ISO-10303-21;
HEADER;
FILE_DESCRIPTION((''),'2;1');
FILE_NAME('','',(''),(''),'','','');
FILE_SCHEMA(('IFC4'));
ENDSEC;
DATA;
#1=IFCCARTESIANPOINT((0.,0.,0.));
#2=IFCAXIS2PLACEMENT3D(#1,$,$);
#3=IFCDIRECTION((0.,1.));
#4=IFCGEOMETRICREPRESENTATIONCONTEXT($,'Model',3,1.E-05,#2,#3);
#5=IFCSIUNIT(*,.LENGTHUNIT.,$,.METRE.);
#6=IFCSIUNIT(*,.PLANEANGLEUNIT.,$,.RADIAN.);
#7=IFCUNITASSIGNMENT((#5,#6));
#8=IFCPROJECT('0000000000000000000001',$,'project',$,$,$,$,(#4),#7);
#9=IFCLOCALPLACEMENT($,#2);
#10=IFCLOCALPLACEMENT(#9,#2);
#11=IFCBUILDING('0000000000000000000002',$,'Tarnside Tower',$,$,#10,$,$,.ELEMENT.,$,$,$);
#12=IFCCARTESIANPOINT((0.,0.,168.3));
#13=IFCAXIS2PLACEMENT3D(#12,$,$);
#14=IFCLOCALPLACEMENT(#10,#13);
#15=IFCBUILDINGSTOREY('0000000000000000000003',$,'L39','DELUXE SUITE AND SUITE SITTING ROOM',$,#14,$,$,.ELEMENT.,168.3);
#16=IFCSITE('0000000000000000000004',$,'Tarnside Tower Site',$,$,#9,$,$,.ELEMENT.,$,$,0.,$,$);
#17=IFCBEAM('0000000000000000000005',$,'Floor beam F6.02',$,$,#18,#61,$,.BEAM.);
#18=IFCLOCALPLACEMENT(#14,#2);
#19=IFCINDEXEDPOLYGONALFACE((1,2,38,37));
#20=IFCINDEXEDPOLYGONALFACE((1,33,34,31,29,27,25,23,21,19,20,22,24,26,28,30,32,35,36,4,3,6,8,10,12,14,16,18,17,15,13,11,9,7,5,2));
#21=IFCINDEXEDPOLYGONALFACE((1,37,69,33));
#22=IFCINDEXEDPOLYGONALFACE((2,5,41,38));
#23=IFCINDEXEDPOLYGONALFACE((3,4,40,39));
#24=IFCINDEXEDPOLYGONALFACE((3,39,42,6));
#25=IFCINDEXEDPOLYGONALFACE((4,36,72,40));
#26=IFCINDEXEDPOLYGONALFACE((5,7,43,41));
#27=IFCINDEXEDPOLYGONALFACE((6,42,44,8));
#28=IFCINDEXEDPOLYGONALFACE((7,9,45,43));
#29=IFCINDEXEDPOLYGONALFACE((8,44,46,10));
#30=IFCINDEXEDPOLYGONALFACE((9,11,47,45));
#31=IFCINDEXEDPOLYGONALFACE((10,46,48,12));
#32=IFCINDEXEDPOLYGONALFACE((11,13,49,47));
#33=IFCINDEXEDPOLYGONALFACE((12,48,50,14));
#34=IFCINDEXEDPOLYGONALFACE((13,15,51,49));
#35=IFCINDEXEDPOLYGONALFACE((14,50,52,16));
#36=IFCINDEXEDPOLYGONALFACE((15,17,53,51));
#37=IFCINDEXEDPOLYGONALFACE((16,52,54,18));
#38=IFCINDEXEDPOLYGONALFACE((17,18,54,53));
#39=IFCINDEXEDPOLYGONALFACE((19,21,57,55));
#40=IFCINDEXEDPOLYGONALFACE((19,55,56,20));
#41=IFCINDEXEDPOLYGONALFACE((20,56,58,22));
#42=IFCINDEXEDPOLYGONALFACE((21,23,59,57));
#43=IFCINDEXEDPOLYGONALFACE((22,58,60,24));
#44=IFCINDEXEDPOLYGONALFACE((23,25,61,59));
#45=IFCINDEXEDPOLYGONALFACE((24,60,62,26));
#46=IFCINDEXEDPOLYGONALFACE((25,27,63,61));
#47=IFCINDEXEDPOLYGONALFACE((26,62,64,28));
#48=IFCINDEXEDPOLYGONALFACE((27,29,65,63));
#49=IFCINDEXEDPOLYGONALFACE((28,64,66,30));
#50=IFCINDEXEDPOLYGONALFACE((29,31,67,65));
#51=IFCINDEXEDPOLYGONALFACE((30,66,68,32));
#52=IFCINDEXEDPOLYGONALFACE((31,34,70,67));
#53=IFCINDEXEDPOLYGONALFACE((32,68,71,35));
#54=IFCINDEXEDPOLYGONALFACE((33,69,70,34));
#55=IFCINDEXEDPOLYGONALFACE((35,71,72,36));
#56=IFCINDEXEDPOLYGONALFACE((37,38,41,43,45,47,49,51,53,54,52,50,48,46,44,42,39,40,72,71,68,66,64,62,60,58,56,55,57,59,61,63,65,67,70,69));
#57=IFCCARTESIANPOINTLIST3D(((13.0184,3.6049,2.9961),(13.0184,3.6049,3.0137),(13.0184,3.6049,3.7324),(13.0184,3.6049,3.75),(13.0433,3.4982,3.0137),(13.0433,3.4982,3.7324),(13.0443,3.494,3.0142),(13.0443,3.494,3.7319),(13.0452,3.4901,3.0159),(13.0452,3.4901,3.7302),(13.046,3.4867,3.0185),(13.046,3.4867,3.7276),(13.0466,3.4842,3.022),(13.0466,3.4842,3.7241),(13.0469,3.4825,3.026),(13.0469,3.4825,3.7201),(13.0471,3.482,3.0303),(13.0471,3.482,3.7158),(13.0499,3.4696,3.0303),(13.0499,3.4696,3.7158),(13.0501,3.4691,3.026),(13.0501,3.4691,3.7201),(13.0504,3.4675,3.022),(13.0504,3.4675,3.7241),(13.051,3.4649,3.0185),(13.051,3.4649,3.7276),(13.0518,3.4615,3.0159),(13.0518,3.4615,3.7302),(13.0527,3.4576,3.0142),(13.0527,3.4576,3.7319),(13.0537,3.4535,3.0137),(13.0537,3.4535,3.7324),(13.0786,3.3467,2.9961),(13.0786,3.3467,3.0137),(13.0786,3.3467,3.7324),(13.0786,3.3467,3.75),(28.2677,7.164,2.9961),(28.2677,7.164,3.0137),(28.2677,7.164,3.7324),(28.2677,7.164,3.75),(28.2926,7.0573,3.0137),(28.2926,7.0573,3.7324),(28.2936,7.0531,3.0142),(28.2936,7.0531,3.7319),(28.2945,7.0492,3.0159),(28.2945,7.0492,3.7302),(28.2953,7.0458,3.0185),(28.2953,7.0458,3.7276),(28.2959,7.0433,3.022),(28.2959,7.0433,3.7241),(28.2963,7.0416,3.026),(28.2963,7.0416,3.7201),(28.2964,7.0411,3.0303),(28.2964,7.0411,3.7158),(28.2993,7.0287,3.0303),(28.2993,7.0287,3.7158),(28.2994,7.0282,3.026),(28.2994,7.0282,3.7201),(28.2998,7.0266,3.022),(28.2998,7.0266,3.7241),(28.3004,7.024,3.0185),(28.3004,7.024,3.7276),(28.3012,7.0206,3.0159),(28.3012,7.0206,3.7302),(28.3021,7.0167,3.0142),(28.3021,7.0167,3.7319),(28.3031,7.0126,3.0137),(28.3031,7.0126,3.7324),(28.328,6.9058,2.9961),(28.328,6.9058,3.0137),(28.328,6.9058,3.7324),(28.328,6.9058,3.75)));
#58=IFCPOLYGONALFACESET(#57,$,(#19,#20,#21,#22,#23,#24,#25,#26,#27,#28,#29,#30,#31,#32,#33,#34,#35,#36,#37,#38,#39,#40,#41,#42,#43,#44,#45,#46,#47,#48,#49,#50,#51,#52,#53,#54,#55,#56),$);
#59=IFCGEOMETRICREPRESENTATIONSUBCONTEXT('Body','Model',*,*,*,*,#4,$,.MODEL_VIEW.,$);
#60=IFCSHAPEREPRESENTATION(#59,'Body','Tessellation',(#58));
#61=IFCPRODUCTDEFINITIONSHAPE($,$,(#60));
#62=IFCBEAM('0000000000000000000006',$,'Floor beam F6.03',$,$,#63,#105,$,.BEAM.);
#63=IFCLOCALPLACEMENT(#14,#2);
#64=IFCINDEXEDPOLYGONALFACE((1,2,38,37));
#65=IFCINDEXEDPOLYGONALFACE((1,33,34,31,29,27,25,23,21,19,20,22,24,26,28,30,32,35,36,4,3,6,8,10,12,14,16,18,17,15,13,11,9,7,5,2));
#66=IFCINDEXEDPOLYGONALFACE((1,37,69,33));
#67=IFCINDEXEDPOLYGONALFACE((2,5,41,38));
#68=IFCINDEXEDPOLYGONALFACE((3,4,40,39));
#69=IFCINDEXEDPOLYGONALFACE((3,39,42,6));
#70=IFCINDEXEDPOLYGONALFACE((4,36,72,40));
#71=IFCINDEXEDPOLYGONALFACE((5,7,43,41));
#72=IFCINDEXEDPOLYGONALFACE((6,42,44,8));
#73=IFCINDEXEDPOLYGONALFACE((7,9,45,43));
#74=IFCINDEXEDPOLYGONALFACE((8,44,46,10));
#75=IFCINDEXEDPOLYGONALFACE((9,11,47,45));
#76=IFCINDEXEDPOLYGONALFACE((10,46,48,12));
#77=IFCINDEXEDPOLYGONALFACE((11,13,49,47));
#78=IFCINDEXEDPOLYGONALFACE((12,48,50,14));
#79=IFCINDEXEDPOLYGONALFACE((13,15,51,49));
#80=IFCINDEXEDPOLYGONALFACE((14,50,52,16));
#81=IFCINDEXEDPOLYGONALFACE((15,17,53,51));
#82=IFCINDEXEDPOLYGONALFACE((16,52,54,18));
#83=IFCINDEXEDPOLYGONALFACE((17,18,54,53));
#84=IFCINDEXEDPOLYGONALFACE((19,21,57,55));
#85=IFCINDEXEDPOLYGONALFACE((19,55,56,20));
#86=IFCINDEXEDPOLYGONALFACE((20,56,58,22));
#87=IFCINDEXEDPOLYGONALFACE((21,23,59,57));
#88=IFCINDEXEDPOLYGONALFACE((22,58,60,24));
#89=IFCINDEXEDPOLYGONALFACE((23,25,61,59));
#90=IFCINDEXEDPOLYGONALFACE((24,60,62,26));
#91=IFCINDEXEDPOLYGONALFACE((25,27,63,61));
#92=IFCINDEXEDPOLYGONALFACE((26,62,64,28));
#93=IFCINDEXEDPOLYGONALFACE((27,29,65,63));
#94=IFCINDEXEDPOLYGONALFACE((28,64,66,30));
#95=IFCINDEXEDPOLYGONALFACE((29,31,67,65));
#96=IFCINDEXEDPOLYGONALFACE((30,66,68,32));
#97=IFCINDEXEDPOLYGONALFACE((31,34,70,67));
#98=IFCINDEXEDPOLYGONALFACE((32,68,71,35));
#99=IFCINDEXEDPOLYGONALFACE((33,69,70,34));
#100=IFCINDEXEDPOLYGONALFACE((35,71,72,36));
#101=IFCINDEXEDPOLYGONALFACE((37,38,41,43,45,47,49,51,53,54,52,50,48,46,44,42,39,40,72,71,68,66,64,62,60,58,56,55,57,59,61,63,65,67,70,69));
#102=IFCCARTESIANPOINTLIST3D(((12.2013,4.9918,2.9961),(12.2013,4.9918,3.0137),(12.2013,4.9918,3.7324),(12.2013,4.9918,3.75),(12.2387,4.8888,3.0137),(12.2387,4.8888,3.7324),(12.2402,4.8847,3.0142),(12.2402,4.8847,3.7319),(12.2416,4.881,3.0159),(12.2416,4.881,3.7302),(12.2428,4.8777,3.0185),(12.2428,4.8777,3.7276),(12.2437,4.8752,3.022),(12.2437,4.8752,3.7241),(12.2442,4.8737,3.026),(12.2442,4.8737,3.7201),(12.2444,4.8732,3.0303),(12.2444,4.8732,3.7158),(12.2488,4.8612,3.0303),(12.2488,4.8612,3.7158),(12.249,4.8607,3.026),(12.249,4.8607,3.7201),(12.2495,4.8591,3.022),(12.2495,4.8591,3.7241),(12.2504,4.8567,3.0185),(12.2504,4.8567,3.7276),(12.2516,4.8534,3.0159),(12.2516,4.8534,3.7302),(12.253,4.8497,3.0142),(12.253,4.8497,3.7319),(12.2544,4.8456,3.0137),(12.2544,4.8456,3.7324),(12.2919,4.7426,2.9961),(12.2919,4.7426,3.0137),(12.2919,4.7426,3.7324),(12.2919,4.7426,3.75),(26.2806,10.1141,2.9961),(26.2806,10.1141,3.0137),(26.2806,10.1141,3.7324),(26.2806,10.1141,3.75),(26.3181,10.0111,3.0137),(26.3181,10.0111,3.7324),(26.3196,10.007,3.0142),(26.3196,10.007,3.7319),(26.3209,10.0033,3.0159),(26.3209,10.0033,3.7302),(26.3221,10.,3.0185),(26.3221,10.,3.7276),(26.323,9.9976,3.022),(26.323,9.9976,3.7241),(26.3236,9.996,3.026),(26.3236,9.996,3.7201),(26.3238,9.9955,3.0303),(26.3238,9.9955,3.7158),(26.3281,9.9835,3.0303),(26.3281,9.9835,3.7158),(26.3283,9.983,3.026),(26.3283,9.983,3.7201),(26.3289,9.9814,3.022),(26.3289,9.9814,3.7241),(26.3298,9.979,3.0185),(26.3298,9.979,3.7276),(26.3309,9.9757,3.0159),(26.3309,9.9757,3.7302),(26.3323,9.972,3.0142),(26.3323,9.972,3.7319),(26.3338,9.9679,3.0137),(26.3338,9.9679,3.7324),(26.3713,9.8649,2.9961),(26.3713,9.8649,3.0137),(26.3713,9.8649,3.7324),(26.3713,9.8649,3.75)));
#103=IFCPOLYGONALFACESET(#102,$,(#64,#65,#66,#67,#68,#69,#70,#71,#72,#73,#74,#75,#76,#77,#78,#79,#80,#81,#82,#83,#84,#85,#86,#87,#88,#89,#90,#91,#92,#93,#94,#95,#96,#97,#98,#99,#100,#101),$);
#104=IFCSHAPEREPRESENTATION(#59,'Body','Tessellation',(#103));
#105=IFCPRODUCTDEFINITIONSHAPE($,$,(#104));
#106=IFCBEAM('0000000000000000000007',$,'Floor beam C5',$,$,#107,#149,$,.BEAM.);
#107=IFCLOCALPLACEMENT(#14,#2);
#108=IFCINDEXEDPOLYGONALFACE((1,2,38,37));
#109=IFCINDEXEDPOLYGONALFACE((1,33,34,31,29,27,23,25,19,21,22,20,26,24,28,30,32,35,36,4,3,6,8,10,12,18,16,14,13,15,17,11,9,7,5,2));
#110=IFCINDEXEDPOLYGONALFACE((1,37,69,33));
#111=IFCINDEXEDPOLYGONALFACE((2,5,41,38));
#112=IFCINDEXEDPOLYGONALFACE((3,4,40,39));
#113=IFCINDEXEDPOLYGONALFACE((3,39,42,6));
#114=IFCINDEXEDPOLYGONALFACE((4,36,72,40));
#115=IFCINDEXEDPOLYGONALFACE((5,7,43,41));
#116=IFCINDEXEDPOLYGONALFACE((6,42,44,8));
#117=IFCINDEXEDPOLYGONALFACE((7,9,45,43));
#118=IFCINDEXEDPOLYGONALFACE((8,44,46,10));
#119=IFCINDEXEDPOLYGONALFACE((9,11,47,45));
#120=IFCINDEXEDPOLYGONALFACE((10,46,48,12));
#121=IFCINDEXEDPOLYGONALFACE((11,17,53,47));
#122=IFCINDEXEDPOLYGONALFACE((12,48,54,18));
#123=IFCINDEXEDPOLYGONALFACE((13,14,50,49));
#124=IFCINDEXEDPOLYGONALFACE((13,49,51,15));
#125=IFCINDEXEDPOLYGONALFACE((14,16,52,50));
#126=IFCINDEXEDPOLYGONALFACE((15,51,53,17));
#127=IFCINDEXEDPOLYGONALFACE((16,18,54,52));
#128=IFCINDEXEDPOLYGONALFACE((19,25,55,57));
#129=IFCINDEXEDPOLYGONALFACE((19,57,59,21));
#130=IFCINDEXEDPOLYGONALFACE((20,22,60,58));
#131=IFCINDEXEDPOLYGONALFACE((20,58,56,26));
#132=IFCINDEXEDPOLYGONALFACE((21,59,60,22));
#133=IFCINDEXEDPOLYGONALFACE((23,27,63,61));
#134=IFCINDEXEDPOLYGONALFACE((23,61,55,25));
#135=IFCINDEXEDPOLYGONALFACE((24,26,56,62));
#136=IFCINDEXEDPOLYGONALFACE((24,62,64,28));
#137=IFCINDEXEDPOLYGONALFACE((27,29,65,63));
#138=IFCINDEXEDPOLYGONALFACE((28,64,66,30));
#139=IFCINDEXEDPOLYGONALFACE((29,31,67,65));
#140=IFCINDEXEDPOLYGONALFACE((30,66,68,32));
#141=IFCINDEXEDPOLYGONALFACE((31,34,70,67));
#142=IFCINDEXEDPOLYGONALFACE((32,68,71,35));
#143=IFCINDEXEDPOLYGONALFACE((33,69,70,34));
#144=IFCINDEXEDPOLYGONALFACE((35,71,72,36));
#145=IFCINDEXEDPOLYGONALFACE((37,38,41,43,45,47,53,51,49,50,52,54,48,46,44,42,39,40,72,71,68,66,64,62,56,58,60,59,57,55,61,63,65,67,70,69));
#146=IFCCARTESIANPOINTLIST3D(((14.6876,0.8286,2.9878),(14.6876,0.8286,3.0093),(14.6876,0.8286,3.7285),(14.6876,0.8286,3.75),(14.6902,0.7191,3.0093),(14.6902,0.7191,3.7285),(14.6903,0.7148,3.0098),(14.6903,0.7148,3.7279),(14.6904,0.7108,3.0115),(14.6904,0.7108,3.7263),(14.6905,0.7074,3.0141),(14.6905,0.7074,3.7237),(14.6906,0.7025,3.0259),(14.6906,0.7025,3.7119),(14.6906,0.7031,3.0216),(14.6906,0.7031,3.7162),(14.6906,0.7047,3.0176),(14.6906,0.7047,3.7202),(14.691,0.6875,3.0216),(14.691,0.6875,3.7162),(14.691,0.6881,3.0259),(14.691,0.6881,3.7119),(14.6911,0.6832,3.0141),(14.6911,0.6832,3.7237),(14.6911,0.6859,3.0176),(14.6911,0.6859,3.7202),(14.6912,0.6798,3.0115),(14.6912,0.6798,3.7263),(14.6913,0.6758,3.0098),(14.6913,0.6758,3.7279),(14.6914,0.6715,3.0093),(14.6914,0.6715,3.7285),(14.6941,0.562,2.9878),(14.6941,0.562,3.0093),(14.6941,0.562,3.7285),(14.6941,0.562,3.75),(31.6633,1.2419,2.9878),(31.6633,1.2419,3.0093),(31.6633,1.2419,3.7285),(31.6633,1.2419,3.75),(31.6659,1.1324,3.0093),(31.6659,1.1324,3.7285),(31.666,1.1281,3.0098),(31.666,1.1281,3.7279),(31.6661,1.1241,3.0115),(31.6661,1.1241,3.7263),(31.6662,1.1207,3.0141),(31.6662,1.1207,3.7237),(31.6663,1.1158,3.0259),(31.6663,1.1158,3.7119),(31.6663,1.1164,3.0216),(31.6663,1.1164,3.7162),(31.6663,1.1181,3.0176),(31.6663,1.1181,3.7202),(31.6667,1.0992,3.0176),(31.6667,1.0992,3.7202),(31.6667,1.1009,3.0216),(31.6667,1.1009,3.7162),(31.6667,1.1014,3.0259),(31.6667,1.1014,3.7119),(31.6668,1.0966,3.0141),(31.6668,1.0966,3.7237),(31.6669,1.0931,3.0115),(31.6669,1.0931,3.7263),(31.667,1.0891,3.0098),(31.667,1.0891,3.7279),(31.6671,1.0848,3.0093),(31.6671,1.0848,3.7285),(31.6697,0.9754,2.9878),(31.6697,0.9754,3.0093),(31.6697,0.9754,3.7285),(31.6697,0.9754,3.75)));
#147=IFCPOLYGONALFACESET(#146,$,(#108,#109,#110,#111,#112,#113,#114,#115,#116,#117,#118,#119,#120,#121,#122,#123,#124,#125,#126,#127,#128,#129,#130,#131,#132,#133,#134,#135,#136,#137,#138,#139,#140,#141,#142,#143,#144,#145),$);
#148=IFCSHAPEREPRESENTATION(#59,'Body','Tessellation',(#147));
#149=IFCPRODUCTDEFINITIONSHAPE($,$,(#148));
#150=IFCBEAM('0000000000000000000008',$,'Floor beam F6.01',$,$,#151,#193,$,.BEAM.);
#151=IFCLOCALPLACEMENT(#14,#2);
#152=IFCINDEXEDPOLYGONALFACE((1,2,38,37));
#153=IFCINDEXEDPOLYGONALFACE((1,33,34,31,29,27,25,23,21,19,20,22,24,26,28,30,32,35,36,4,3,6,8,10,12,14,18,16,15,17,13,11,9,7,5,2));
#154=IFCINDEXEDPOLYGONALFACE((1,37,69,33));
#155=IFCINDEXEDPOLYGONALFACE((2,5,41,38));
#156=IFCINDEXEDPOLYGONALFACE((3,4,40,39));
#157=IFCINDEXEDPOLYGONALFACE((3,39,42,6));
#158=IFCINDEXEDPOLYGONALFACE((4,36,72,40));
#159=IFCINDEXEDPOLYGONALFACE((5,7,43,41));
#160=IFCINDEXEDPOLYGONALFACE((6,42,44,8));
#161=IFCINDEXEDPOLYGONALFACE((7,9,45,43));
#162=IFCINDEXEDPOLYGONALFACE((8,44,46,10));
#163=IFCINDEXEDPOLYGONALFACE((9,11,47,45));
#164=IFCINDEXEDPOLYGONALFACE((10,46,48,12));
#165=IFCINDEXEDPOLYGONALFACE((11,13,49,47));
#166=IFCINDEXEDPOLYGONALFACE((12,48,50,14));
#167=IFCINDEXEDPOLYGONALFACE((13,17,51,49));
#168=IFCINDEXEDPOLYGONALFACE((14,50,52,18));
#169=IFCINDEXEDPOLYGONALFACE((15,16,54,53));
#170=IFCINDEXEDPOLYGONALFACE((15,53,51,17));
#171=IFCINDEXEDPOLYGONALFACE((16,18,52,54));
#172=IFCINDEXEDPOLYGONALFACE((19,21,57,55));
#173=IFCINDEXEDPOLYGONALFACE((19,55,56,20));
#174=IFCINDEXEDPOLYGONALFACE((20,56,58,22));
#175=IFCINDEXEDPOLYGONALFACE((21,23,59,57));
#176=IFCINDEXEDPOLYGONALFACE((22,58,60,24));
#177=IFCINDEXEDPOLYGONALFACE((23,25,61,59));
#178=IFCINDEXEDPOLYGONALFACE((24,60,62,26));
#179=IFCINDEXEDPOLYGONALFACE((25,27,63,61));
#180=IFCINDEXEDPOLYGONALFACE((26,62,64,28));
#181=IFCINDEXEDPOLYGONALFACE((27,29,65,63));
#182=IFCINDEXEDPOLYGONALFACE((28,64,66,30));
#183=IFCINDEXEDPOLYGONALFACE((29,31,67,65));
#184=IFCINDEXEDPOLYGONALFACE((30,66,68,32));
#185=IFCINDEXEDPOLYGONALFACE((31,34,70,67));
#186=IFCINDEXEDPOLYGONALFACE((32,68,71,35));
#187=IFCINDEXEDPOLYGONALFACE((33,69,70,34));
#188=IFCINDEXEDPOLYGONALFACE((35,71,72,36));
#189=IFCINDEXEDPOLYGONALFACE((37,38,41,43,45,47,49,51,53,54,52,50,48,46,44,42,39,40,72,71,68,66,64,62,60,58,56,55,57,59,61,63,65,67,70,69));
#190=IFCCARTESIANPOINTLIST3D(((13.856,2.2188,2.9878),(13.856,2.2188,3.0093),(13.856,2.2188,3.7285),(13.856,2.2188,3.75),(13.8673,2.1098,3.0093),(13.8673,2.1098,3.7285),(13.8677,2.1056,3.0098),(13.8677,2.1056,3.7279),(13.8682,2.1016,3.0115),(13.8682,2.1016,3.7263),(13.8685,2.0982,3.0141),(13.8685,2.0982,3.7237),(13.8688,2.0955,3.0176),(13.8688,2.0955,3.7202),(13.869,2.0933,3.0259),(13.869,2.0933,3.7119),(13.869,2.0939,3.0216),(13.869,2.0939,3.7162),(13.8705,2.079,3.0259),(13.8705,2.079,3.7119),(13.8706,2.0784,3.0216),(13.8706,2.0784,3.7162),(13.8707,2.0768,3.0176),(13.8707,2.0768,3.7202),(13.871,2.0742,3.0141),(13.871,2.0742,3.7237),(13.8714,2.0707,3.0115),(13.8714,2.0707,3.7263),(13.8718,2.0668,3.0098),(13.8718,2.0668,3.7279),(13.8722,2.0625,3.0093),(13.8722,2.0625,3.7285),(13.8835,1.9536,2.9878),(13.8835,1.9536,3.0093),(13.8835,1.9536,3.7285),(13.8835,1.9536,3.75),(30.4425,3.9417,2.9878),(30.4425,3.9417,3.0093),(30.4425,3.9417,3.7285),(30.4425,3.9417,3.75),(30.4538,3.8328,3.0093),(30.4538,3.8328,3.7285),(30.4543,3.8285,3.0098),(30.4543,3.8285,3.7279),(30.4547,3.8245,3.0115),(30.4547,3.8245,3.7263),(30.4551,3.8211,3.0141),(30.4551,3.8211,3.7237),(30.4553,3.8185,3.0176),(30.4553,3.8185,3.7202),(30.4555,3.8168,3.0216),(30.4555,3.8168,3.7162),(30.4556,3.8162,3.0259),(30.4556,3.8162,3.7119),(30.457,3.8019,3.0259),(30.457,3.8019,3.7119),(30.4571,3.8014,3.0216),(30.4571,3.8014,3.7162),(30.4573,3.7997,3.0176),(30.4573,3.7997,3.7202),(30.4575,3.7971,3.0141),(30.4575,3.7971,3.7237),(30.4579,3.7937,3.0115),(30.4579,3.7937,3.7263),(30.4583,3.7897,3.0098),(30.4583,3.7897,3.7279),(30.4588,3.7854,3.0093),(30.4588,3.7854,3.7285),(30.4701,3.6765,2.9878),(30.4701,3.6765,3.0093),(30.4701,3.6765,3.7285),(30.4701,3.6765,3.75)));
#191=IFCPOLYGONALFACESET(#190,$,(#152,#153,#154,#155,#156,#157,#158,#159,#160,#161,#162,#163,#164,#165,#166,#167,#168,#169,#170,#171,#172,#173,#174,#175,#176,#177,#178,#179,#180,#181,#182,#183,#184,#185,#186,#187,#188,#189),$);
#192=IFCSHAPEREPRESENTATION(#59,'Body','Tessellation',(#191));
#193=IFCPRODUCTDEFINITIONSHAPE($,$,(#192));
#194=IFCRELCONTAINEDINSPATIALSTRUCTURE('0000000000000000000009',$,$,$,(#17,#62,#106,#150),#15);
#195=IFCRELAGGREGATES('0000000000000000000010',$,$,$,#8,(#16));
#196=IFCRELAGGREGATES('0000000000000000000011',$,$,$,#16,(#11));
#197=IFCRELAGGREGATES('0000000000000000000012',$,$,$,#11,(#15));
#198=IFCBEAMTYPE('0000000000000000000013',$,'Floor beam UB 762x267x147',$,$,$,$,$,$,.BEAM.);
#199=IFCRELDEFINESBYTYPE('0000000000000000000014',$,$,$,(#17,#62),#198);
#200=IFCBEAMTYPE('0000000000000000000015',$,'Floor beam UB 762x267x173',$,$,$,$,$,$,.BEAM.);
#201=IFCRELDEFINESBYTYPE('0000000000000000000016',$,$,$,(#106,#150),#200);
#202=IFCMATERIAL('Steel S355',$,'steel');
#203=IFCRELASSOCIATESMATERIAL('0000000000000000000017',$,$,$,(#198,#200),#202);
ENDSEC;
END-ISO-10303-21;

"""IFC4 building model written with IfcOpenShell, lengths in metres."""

from ifc_helpers import new_model, si_unit, direction, frame, origin, origin_2d, place, context, subcontext, project, spatial, i_section, extrude, material, material_profile, profile_set, type_object, element, save


model = new_model("IFC4")

# Units and contexts
model_context = context("Model", 3, precision=1e-05, world=origin(), true_north=direction((0.0, 1.0)))
body_context = subcontext(model_context, "Body", "Model", "MODEL_VIEW")
ifc_project = project(units=[si_unit("LENGTHUNIT", "METRE"), si_unit("PLANEANGLEUNIT", "RADIAN")], contexts=[model_context])

# Site, building, storey
site_placement = place(None, origin())
site = spatial("IfcSite", under=ifc_project, at=site_placement, Name="Tarnside Tower Site", CompositionType="ELEMENT", RefElevation=0.0)
building_placement = place(site_placement, origin())
building = spatial("IfcBuilding", under=site, at=building_placement, Name="Tarnside Tower", CompositionType="ELEMENT")
storey_placement = place(building_placement, frame((0.0, 0.0, 168.3)))
storey = spatial("IfcBuildingStorey", under=building, at=storey_placement, Name="L39", Description="DELUXE SUITE AND SUITE SITTING ROOM", CompositionType="ELEMENT", Elevation=168.3)

# Beams
ifc_material_1 = material(Name="Steel S355", Category="steel")
ifc_material_profile_1 = material_profile(ifc_material_1, i_section(OverallWidth=0.2651, OverallDepth=0.7539, WebThickness=0.0127, FlangeThickness=0.0176, FilletRadius=0.0166, at=origin_2d()), Name="UB 762x267x147")
ifc_profile_set_1 = profile_set([ifc_material_profile_1], Name="Steel S355")
beam_type_1 = type_object("IfcBeamType", Name="Floor beam UB 762x267x147", PredefinedType="BEAM", material=ifc_profile_set_1)
beam_1_placement = place(storey_placement, frame((28.2979, 7.0349, 3.373), z_axis=(-0.973828, -0.227285, 0.0), x_axis=(0.227285, -0.973828, 0.0)))
element("IfcBeam", 1, at=beam_1_placement, inside=storey, type_object=beam_type_1, Name="Floor beam F6.02", PredefinedType="BEAM", context=body_context, shape_type="SweptSolid", body=[
    extrude(i_section(OverallWidth=0.2651, OverallDepth=0.7539, WebThickness=0.0127, FlangeThickness=0.0176, FilletRadius=0.0166, at=origin_2d()), origin(), (0.0, 0.0, 1.0), 15.6592),
])
beam_2_placement = place(storey_placement, frame((26.3259, 9.9895, 3.373), z_axis=(-0.939739, -0.341894, 0.0), x_axis=(0.341894, -0.939739, 0.0)))
element("IfcBeam", 2, at=beam_2_placement, inside=storey, type_object=beam_type_1, Name="Floor beam F6.03", PredefinedType="BEAM", context=body_context, shape_type="SweptSolid", body=[
    extrude(i_section(OverallWidth=0.2651, OverallDepth=0.7539, WebThickness=0.0127, FlangeThickness=0.0176, FilletRadius=0.0166, at=origin_2d()), origin(), (0.0, 0.0, 1.0), 14.9822),
])
ifc_material_profile_2 = material_profile(ifc_material_1, i_section(OverallWidth=0.2666, OverallDepth=0.7622, WebThickness=0.0144, FlangeThickness=0.0215, FilletRadius=0.0166, at=origin_2d()), Name="UB 762x267x173")
ifc_profile_set_2 = profile_set([ifc_material_profile_2], Name="Steel S355")
beam_type_2 = type_object("IfcBeamType", Name="Floor beam UB 762x267x173", PredefinedType="BEAM", material=ifc_profile_set_2)
beam_3_placement = place(storey_placement, frame((31.6665, 1.1086, 3.3689), z_axis=(-0.999704, -0.024341, 0.0), x_axis=(0.024341, -0.999704, 0.0)))
element("IfcBeam", 3, at=beam_3_placement, inside=storey, type_object=beam_type_2, Name="Floor beam C5", PredefinedType="BEAM", context=body_context, shape_type="SweptSolid", body=[
    extrude(i_section(OverallWidth=0.2666, OverallDepth=0.7622, WebThickness=0.0144, FlangeThickness=0.0215, FilletRadius=0.0166, at=origin_2d()), origin(), (0.0, 0.0, 1.0), 16.9807),
])
beam_4_placement = place(storey_placement, frame((30.4563, 3.8091, 3.3689), z_axis=(-0.994648, -0.103318, 0.0), x_axis=(0.103318, -0.994648, 0.0)))
element("IfcBeam", 4, at=beam_4_placement, inside=storey, type_object=beam_type_2, Name="Floor beam F6.01", PredefinedType="BEAM", context=body_context, shape_type="SweptSolid", body=[
    extrude(i_section(OverallWidth=0.2666, OverallDepth=0.7622, WebThickness=0.0144, FlangeThickness=0.0215, FilletRadius=0.0166, at=origin_2d()), origin(), (0.0, 0.0, 1.0), 16.6758),
])

save(model, "model.ifc")
